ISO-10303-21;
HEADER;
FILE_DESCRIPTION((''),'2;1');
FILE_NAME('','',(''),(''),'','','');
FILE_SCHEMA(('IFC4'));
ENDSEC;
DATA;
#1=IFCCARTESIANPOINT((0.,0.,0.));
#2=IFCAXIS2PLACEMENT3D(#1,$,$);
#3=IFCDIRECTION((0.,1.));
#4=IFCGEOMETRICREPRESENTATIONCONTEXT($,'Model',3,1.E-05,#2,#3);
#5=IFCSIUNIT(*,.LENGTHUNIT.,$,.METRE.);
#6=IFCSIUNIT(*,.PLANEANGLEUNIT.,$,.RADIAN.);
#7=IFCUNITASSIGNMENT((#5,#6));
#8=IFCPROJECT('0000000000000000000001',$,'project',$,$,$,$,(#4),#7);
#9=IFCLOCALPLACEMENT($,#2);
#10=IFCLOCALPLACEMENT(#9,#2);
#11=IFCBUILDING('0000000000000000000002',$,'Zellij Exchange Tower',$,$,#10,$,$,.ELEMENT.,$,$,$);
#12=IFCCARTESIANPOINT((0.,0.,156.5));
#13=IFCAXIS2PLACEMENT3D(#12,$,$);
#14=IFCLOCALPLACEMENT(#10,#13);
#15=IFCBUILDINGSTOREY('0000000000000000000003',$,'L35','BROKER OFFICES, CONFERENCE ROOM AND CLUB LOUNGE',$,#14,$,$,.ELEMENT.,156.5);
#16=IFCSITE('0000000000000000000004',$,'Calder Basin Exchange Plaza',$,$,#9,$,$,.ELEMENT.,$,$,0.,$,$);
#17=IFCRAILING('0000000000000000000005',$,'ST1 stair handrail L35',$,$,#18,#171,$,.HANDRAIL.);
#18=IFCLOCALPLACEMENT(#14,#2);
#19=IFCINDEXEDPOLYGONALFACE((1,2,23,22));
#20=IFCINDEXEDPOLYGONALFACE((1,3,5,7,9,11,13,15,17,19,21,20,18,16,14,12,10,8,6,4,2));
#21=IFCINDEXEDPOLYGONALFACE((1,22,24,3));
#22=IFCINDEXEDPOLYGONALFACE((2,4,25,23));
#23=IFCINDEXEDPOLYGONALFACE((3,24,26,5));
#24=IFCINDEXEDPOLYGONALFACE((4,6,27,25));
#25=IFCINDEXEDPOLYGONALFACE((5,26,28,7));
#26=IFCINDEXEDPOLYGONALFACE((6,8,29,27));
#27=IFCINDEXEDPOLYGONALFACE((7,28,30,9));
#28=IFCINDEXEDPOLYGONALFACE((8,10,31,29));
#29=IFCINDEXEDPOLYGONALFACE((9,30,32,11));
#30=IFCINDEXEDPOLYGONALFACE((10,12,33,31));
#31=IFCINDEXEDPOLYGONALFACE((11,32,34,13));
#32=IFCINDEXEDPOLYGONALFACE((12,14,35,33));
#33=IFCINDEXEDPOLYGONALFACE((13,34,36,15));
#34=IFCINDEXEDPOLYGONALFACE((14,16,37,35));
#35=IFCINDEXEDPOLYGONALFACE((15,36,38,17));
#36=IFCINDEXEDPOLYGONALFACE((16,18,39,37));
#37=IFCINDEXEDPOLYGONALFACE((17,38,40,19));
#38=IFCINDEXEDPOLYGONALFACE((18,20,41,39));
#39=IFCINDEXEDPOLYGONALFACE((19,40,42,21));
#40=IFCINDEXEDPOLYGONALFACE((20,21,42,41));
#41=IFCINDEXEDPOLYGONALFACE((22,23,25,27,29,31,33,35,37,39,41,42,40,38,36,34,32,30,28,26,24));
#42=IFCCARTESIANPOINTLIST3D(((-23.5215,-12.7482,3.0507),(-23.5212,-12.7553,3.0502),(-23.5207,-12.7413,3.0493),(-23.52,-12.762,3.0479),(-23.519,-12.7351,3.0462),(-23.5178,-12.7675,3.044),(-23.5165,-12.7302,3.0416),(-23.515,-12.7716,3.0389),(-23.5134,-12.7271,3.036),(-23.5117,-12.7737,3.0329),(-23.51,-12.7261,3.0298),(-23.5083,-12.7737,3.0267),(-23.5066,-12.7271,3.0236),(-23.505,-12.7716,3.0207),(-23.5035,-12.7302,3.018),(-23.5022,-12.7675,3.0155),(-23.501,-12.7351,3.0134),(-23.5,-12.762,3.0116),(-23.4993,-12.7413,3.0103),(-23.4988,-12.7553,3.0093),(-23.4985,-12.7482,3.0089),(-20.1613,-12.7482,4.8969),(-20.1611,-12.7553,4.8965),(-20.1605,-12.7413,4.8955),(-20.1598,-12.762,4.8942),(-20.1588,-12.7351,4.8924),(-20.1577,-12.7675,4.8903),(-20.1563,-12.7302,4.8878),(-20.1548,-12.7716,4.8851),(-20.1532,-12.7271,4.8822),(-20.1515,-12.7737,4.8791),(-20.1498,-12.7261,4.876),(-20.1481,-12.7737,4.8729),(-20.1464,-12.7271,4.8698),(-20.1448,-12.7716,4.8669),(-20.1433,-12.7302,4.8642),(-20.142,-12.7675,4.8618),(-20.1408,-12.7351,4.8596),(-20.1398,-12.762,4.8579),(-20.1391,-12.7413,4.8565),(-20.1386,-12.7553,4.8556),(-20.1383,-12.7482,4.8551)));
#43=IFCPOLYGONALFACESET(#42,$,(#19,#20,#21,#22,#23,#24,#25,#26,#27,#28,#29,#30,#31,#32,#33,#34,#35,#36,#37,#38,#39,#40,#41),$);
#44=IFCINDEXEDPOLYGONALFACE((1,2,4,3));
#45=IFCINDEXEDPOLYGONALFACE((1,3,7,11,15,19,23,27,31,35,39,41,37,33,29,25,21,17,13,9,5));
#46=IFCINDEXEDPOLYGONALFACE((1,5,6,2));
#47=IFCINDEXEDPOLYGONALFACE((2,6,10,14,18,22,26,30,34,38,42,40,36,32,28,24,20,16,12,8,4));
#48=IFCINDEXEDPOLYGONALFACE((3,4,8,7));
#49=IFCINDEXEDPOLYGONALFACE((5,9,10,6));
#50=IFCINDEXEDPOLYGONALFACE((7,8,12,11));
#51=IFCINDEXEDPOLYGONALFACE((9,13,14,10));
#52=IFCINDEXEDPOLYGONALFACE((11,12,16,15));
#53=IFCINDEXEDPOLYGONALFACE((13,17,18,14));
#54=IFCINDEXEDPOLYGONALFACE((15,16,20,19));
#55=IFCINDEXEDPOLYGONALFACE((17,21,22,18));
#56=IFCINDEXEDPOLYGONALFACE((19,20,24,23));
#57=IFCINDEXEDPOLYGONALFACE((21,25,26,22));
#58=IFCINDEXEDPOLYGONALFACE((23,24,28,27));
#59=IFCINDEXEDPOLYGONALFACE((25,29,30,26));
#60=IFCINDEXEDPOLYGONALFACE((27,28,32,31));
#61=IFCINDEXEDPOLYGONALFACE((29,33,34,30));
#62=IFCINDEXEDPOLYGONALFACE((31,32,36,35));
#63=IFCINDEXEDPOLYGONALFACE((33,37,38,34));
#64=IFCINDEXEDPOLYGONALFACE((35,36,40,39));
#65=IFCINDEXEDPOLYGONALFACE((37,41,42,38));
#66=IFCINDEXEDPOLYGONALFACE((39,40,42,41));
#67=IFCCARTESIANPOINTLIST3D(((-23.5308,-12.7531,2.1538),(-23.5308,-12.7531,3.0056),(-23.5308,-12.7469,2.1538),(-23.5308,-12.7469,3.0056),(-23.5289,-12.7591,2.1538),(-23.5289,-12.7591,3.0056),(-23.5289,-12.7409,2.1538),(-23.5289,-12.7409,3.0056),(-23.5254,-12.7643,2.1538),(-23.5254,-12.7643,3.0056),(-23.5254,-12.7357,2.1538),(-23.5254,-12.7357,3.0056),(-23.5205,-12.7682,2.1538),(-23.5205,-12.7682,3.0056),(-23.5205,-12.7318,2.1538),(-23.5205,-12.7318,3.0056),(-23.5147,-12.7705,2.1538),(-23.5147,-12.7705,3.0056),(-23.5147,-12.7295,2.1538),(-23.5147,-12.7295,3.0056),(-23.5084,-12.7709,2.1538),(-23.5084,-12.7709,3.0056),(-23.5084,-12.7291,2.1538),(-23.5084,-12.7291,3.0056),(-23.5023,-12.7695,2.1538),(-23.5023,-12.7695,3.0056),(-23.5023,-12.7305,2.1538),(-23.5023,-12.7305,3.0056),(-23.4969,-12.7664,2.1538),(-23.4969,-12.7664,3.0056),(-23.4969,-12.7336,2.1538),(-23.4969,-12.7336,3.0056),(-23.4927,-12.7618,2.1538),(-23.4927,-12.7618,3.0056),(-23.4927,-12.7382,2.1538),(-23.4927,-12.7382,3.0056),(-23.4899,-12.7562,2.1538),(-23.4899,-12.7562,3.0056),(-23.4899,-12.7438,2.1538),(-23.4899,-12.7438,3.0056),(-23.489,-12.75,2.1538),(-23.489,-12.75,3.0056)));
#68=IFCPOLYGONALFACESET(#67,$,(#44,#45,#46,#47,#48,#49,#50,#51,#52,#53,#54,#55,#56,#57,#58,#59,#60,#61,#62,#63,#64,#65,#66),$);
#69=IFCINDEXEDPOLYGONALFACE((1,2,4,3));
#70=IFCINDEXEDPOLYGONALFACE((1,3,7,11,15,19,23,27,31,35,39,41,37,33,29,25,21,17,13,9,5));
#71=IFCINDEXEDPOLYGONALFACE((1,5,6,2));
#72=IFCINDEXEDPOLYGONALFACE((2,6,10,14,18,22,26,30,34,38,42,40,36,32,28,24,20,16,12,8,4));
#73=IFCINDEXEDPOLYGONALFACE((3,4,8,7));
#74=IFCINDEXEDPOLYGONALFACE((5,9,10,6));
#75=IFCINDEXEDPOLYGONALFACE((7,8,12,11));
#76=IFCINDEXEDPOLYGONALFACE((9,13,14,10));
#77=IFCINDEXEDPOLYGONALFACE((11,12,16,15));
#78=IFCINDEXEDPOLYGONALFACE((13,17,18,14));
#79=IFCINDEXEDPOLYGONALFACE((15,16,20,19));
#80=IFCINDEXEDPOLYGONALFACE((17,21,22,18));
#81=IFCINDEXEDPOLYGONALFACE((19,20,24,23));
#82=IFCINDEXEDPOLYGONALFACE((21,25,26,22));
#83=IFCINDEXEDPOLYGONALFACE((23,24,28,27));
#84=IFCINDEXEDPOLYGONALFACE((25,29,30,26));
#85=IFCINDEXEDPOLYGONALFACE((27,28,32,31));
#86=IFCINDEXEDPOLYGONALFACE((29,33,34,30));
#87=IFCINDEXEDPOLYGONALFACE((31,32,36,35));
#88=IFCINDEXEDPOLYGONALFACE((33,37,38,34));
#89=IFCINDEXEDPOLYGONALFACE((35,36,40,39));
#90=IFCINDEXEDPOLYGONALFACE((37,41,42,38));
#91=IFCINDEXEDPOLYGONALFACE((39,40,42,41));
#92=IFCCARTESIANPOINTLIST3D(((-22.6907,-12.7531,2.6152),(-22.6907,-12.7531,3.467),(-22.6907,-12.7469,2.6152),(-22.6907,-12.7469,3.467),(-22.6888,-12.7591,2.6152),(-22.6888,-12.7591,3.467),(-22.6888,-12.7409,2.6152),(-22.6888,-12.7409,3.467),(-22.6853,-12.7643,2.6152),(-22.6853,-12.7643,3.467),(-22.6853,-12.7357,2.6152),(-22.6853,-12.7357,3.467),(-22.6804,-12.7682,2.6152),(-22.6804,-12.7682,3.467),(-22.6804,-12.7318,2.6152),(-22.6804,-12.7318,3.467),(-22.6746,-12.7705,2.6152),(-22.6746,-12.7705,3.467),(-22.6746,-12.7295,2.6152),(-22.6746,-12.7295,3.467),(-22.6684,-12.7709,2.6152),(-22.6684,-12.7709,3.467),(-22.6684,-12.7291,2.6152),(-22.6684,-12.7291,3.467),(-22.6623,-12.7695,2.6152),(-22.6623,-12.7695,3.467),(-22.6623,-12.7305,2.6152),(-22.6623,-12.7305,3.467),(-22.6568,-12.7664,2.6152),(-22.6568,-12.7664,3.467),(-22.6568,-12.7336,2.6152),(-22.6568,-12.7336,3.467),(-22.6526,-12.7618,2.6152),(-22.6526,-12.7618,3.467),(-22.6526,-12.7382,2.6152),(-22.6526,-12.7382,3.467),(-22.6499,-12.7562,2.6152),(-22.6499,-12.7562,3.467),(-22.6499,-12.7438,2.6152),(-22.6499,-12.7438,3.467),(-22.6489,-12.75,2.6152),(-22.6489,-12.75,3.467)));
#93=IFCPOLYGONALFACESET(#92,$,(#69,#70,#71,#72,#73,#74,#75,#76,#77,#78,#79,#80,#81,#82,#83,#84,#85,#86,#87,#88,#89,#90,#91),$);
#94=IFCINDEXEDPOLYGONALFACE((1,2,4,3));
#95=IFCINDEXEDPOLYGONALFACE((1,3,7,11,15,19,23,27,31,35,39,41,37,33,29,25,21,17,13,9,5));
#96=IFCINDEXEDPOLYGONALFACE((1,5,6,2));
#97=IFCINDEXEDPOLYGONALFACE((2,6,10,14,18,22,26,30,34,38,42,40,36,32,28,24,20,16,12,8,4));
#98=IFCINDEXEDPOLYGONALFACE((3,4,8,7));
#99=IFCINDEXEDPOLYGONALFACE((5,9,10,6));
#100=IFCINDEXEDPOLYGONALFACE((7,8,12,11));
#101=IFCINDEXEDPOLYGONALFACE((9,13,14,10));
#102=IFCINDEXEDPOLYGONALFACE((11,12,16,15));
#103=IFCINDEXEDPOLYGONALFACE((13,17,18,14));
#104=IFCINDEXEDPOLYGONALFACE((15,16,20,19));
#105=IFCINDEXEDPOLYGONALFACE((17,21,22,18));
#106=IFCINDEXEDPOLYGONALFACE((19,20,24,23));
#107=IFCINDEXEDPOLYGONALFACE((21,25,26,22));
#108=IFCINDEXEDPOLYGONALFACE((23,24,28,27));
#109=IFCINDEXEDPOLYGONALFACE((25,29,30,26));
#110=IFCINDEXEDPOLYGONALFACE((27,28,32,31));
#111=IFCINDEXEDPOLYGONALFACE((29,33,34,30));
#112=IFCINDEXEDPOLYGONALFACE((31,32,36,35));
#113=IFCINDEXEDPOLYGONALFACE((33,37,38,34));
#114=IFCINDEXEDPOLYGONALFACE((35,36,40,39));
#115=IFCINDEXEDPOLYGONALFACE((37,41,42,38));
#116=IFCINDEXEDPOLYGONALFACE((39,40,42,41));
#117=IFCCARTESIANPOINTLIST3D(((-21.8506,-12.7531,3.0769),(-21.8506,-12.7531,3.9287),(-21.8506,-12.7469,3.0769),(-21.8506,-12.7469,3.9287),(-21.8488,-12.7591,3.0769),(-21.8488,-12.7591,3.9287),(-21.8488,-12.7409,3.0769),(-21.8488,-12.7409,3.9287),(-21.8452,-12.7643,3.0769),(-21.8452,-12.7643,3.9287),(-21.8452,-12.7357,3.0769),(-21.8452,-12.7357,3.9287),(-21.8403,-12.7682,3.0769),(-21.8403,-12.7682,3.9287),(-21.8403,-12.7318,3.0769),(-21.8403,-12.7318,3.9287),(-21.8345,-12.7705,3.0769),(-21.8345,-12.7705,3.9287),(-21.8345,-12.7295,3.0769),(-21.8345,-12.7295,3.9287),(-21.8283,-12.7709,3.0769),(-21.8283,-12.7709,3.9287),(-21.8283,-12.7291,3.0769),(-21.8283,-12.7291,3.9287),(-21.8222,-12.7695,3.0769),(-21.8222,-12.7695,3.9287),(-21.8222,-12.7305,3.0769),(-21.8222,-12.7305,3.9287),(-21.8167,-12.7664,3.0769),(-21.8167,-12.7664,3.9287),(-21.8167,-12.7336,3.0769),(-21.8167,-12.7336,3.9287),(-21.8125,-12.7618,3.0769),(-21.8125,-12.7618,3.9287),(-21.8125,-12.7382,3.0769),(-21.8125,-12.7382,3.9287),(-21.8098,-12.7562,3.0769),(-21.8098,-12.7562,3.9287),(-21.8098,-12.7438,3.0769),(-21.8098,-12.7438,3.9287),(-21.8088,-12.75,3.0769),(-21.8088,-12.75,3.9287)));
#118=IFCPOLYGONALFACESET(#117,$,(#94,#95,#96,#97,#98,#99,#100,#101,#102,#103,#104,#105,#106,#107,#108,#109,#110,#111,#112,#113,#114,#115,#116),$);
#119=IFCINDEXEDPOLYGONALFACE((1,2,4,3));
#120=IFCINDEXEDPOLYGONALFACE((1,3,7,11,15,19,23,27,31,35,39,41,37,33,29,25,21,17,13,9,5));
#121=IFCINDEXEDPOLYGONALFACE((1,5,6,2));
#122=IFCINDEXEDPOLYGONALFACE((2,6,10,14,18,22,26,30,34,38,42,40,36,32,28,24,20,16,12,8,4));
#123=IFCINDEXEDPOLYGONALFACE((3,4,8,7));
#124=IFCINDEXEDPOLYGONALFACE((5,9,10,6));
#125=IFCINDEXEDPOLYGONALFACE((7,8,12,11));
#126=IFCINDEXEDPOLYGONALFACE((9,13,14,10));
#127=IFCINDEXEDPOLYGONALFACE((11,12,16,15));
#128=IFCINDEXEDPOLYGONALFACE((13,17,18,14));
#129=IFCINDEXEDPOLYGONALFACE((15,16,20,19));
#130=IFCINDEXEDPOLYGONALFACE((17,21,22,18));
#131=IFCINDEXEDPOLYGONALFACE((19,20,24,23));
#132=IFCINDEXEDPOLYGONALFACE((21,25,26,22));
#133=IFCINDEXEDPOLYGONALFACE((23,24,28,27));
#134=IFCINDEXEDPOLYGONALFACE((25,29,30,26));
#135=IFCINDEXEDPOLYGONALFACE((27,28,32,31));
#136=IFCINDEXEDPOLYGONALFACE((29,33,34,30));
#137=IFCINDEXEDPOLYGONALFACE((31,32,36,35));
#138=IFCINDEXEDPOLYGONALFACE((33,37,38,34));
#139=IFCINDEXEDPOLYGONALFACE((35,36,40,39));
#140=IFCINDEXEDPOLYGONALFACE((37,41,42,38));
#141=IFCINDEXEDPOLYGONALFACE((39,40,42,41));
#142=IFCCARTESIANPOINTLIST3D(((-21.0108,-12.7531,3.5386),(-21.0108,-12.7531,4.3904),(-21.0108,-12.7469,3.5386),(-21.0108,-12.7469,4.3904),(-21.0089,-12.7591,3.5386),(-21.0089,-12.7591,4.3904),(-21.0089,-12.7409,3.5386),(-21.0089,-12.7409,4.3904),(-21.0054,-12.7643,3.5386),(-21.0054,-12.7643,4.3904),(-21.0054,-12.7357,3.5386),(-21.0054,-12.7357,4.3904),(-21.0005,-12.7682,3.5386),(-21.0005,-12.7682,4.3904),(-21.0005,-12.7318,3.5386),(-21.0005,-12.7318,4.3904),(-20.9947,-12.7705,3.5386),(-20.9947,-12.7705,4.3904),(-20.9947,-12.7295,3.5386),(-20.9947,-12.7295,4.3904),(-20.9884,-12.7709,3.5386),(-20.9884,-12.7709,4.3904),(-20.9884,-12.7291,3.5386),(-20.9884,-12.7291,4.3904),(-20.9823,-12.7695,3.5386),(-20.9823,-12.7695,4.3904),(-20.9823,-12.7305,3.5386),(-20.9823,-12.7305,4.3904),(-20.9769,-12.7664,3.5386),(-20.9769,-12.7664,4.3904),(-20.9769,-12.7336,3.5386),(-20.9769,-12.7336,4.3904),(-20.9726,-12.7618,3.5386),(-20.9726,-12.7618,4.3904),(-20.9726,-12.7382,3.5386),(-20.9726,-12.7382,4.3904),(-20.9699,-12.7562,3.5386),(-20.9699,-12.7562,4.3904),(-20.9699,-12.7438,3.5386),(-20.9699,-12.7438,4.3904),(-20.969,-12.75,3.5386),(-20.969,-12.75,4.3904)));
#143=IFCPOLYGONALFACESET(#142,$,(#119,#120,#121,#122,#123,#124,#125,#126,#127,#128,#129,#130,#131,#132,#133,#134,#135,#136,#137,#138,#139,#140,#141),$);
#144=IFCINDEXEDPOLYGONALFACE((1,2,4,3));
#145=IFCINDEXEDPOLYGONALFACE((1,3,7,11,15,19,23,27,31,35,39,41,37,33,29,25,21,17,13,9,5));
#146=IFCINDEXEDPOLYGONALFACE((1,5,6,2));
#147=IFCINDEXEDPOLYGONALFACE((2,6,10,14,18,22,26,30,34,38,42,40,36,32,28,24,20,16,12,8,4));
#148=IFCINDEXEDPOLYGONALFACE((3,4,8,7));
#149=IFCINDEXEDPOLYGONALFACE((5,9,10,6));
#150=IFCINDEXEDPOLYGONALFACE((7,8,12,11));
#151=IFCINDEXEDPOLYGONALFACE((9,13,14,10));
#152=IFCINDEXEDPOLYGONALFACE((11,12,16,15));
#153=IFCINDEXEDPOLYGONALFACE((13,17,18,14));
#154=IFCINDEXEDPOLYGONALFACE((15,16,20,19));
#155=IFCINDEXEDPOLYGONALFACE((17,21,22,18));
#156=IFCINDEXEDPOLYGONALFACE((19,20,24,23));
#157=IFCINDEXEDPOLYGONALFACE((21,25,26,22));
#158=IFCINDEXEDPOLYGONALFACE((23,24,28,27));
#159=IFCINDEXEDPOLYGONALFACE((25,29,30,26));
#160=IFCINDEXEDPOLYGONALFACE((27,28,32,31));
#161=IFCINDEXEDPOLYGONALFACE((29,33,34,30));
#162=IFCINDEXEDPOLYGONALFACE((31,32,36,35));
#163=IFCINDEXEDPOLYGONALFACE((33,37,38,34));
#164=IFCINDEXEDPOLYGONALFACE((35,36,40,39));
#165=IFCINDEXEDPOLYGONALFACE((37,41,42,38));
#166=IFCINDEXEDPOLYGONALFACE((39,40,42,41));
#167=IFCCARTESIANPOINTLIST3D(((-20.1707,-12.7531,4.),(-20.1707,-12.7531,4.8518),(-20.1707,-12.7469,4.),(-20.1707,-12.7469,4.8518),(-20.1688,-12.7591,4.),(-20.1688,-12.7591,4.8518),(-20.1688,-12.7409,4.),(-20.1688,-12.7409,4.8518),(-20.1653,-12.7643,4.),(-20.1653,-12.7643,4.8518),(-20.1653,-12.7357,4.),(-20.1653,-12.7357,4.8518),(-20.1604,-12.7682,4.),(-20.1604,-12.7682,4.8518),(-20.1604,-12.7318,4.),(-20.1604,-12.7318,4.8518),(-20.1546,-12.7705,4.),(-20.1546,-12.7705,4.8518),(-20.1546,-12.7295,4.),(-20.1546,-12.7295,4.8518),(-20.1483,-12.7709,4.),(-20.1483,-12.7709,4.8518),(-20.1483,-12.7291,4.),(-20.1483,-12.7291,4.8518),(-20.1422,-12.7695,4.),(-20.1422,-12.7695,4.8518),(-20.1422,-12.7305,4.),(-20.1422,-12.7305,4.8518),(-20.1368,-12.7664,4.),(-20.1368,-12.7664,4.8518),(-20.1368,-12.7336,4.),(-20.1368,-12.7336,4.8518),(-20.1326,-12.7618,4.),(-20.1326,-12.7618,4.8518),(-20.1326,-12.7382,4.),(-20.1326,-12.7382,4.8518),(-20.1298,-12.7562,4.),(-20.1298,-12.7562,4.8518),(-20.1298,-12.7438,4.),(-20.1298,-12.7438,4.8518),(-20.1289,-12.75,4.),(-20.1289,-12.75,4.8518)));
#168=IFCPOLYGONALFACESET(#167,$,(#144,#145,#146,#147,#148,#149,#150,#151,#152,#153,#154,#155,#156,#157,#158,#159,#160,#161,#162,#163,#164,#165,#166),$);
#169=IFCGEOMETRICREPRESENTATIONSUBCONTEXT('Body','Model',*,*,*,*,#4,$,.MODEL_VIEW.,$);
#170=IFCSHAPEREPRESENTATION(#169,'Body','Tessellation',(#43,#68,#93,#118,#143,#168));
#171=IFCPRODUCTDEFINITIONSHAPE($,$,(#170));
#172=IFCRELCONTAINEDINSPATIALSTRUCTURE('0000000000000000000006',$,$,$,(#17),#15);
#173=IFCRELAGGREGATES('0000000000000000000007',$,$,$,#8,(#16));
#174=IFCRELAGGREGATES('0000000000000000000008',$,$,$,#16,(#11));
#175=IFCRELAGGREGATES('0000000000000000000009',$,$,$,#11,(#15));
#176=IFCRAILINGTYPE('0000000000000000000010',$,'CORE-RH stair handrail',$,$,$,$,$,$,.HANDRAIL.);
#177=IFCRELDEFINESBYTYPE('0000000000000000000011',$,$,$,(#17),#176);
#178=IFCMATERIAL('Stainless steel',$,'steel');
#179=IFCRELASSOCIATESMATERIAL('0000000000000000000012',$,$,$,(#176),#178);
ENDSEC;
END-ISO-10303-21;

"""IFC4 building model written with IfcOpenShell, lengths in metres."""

from ifc_helpers import new_model, si_unit, direction, frame, origin, origin_2d, place, context, subcontext, project, spatial, circle, extrude, material, type_object, element, save


model = new_model("IFC4")

# Units and contexts
model_context = context("Model", 3, precision=1e-05, world=origin(), true_north=direction((0.0, 1.0)))
body_context = subcontext(model_context, "Body", "Model", "MODEL_VIEW")
ifc_project = project(units=[si_unit("LENGTHUNIT", "METRE"), si_unit("PLANEANGLEUNIT", "RADIAN")], contexts=[model_context])

# Site, building, storey
site_placement = place(None, origin())
site = spatial("IfcSite", under=ifc_project, at=site_placement, Name="Calder Basin Exchange Plaza", CompositionType="ELEMENT", RefElevation=0.0)
building_placement = place(site_placement, origin())
building = spatial("IfcBuilding", under=site, at=building_placement, Name="Zellij Exchange Tower", CompositionType="ELEMENT")
storey_placement = place(building_placement, frame((0.0, 0.0, 156.5)))
storey = spatial("IfcBuildingStorey", under=building, at=storey_placement, Name="L35", Description="BROKER OFFICES, CONFERENCE ROOM AND CLUB LOUNGE", CompositionType="ELEMENT", Elevation=156.5)

# Railing
ifc_material_1 = material(Name="Stainless steel", Category="steel")
railing_type_1 = type_object("IfcRailingType", Name="CORE-RH stair handrail", PredefinedType="HANDRAIL", material=ifc_material_1)
for number, where, name in (
    (1, (-23.51, -12.75, 2.1538), "ST1 stair handrail L35"),
):
    element("IfcRailing", number, at=place(storey_placement, frame(where)), inside=storey, type_object=railing_type_1, Name=name, PredefinedType="HANDRAIL", context=body_context, shape_type="SweptSolid", body=[
        extrude(circle(Radius=0.0239, at=origin_2d()), frame((0.0, 0.0, 0.876), z_axis=(0.876422, 0.0, 0.481545), x_axis=(0.0, 1.0, 0.0)), (0.0, 0.0, 1.0), 3.834),
        extrude(circle(Radius=0.021, at=origin_2d()), origin(), (0.0, 0.0, 1.0), 0.8518),
        extrude(circle(Radius=0.021, at=origin_2d()), frame((0.8401, 0.0, 0.4614)), (0.0, 0.0, 1.0), 0.8518),
        extrude(circle(Radius=0.021, at=origin_2d()), frame((1.6802, 0.0, 0.9231)), (0.0, 0.0, 1.0), 0.8518),
        extrude(circle(Radius=0.021, at=origin_2d()), frame((2.52, 0.0, 1.3848)), (0.0, 0.0, 1.0), 0.8518),
        extrude(circle(Radius=0.021, at=origin_2d()), frame((3.3601, 0.0, 1.8462)), (0.0, 0.0, 1.0), 0.8518),
    ])

save(model, "model.ifc")
